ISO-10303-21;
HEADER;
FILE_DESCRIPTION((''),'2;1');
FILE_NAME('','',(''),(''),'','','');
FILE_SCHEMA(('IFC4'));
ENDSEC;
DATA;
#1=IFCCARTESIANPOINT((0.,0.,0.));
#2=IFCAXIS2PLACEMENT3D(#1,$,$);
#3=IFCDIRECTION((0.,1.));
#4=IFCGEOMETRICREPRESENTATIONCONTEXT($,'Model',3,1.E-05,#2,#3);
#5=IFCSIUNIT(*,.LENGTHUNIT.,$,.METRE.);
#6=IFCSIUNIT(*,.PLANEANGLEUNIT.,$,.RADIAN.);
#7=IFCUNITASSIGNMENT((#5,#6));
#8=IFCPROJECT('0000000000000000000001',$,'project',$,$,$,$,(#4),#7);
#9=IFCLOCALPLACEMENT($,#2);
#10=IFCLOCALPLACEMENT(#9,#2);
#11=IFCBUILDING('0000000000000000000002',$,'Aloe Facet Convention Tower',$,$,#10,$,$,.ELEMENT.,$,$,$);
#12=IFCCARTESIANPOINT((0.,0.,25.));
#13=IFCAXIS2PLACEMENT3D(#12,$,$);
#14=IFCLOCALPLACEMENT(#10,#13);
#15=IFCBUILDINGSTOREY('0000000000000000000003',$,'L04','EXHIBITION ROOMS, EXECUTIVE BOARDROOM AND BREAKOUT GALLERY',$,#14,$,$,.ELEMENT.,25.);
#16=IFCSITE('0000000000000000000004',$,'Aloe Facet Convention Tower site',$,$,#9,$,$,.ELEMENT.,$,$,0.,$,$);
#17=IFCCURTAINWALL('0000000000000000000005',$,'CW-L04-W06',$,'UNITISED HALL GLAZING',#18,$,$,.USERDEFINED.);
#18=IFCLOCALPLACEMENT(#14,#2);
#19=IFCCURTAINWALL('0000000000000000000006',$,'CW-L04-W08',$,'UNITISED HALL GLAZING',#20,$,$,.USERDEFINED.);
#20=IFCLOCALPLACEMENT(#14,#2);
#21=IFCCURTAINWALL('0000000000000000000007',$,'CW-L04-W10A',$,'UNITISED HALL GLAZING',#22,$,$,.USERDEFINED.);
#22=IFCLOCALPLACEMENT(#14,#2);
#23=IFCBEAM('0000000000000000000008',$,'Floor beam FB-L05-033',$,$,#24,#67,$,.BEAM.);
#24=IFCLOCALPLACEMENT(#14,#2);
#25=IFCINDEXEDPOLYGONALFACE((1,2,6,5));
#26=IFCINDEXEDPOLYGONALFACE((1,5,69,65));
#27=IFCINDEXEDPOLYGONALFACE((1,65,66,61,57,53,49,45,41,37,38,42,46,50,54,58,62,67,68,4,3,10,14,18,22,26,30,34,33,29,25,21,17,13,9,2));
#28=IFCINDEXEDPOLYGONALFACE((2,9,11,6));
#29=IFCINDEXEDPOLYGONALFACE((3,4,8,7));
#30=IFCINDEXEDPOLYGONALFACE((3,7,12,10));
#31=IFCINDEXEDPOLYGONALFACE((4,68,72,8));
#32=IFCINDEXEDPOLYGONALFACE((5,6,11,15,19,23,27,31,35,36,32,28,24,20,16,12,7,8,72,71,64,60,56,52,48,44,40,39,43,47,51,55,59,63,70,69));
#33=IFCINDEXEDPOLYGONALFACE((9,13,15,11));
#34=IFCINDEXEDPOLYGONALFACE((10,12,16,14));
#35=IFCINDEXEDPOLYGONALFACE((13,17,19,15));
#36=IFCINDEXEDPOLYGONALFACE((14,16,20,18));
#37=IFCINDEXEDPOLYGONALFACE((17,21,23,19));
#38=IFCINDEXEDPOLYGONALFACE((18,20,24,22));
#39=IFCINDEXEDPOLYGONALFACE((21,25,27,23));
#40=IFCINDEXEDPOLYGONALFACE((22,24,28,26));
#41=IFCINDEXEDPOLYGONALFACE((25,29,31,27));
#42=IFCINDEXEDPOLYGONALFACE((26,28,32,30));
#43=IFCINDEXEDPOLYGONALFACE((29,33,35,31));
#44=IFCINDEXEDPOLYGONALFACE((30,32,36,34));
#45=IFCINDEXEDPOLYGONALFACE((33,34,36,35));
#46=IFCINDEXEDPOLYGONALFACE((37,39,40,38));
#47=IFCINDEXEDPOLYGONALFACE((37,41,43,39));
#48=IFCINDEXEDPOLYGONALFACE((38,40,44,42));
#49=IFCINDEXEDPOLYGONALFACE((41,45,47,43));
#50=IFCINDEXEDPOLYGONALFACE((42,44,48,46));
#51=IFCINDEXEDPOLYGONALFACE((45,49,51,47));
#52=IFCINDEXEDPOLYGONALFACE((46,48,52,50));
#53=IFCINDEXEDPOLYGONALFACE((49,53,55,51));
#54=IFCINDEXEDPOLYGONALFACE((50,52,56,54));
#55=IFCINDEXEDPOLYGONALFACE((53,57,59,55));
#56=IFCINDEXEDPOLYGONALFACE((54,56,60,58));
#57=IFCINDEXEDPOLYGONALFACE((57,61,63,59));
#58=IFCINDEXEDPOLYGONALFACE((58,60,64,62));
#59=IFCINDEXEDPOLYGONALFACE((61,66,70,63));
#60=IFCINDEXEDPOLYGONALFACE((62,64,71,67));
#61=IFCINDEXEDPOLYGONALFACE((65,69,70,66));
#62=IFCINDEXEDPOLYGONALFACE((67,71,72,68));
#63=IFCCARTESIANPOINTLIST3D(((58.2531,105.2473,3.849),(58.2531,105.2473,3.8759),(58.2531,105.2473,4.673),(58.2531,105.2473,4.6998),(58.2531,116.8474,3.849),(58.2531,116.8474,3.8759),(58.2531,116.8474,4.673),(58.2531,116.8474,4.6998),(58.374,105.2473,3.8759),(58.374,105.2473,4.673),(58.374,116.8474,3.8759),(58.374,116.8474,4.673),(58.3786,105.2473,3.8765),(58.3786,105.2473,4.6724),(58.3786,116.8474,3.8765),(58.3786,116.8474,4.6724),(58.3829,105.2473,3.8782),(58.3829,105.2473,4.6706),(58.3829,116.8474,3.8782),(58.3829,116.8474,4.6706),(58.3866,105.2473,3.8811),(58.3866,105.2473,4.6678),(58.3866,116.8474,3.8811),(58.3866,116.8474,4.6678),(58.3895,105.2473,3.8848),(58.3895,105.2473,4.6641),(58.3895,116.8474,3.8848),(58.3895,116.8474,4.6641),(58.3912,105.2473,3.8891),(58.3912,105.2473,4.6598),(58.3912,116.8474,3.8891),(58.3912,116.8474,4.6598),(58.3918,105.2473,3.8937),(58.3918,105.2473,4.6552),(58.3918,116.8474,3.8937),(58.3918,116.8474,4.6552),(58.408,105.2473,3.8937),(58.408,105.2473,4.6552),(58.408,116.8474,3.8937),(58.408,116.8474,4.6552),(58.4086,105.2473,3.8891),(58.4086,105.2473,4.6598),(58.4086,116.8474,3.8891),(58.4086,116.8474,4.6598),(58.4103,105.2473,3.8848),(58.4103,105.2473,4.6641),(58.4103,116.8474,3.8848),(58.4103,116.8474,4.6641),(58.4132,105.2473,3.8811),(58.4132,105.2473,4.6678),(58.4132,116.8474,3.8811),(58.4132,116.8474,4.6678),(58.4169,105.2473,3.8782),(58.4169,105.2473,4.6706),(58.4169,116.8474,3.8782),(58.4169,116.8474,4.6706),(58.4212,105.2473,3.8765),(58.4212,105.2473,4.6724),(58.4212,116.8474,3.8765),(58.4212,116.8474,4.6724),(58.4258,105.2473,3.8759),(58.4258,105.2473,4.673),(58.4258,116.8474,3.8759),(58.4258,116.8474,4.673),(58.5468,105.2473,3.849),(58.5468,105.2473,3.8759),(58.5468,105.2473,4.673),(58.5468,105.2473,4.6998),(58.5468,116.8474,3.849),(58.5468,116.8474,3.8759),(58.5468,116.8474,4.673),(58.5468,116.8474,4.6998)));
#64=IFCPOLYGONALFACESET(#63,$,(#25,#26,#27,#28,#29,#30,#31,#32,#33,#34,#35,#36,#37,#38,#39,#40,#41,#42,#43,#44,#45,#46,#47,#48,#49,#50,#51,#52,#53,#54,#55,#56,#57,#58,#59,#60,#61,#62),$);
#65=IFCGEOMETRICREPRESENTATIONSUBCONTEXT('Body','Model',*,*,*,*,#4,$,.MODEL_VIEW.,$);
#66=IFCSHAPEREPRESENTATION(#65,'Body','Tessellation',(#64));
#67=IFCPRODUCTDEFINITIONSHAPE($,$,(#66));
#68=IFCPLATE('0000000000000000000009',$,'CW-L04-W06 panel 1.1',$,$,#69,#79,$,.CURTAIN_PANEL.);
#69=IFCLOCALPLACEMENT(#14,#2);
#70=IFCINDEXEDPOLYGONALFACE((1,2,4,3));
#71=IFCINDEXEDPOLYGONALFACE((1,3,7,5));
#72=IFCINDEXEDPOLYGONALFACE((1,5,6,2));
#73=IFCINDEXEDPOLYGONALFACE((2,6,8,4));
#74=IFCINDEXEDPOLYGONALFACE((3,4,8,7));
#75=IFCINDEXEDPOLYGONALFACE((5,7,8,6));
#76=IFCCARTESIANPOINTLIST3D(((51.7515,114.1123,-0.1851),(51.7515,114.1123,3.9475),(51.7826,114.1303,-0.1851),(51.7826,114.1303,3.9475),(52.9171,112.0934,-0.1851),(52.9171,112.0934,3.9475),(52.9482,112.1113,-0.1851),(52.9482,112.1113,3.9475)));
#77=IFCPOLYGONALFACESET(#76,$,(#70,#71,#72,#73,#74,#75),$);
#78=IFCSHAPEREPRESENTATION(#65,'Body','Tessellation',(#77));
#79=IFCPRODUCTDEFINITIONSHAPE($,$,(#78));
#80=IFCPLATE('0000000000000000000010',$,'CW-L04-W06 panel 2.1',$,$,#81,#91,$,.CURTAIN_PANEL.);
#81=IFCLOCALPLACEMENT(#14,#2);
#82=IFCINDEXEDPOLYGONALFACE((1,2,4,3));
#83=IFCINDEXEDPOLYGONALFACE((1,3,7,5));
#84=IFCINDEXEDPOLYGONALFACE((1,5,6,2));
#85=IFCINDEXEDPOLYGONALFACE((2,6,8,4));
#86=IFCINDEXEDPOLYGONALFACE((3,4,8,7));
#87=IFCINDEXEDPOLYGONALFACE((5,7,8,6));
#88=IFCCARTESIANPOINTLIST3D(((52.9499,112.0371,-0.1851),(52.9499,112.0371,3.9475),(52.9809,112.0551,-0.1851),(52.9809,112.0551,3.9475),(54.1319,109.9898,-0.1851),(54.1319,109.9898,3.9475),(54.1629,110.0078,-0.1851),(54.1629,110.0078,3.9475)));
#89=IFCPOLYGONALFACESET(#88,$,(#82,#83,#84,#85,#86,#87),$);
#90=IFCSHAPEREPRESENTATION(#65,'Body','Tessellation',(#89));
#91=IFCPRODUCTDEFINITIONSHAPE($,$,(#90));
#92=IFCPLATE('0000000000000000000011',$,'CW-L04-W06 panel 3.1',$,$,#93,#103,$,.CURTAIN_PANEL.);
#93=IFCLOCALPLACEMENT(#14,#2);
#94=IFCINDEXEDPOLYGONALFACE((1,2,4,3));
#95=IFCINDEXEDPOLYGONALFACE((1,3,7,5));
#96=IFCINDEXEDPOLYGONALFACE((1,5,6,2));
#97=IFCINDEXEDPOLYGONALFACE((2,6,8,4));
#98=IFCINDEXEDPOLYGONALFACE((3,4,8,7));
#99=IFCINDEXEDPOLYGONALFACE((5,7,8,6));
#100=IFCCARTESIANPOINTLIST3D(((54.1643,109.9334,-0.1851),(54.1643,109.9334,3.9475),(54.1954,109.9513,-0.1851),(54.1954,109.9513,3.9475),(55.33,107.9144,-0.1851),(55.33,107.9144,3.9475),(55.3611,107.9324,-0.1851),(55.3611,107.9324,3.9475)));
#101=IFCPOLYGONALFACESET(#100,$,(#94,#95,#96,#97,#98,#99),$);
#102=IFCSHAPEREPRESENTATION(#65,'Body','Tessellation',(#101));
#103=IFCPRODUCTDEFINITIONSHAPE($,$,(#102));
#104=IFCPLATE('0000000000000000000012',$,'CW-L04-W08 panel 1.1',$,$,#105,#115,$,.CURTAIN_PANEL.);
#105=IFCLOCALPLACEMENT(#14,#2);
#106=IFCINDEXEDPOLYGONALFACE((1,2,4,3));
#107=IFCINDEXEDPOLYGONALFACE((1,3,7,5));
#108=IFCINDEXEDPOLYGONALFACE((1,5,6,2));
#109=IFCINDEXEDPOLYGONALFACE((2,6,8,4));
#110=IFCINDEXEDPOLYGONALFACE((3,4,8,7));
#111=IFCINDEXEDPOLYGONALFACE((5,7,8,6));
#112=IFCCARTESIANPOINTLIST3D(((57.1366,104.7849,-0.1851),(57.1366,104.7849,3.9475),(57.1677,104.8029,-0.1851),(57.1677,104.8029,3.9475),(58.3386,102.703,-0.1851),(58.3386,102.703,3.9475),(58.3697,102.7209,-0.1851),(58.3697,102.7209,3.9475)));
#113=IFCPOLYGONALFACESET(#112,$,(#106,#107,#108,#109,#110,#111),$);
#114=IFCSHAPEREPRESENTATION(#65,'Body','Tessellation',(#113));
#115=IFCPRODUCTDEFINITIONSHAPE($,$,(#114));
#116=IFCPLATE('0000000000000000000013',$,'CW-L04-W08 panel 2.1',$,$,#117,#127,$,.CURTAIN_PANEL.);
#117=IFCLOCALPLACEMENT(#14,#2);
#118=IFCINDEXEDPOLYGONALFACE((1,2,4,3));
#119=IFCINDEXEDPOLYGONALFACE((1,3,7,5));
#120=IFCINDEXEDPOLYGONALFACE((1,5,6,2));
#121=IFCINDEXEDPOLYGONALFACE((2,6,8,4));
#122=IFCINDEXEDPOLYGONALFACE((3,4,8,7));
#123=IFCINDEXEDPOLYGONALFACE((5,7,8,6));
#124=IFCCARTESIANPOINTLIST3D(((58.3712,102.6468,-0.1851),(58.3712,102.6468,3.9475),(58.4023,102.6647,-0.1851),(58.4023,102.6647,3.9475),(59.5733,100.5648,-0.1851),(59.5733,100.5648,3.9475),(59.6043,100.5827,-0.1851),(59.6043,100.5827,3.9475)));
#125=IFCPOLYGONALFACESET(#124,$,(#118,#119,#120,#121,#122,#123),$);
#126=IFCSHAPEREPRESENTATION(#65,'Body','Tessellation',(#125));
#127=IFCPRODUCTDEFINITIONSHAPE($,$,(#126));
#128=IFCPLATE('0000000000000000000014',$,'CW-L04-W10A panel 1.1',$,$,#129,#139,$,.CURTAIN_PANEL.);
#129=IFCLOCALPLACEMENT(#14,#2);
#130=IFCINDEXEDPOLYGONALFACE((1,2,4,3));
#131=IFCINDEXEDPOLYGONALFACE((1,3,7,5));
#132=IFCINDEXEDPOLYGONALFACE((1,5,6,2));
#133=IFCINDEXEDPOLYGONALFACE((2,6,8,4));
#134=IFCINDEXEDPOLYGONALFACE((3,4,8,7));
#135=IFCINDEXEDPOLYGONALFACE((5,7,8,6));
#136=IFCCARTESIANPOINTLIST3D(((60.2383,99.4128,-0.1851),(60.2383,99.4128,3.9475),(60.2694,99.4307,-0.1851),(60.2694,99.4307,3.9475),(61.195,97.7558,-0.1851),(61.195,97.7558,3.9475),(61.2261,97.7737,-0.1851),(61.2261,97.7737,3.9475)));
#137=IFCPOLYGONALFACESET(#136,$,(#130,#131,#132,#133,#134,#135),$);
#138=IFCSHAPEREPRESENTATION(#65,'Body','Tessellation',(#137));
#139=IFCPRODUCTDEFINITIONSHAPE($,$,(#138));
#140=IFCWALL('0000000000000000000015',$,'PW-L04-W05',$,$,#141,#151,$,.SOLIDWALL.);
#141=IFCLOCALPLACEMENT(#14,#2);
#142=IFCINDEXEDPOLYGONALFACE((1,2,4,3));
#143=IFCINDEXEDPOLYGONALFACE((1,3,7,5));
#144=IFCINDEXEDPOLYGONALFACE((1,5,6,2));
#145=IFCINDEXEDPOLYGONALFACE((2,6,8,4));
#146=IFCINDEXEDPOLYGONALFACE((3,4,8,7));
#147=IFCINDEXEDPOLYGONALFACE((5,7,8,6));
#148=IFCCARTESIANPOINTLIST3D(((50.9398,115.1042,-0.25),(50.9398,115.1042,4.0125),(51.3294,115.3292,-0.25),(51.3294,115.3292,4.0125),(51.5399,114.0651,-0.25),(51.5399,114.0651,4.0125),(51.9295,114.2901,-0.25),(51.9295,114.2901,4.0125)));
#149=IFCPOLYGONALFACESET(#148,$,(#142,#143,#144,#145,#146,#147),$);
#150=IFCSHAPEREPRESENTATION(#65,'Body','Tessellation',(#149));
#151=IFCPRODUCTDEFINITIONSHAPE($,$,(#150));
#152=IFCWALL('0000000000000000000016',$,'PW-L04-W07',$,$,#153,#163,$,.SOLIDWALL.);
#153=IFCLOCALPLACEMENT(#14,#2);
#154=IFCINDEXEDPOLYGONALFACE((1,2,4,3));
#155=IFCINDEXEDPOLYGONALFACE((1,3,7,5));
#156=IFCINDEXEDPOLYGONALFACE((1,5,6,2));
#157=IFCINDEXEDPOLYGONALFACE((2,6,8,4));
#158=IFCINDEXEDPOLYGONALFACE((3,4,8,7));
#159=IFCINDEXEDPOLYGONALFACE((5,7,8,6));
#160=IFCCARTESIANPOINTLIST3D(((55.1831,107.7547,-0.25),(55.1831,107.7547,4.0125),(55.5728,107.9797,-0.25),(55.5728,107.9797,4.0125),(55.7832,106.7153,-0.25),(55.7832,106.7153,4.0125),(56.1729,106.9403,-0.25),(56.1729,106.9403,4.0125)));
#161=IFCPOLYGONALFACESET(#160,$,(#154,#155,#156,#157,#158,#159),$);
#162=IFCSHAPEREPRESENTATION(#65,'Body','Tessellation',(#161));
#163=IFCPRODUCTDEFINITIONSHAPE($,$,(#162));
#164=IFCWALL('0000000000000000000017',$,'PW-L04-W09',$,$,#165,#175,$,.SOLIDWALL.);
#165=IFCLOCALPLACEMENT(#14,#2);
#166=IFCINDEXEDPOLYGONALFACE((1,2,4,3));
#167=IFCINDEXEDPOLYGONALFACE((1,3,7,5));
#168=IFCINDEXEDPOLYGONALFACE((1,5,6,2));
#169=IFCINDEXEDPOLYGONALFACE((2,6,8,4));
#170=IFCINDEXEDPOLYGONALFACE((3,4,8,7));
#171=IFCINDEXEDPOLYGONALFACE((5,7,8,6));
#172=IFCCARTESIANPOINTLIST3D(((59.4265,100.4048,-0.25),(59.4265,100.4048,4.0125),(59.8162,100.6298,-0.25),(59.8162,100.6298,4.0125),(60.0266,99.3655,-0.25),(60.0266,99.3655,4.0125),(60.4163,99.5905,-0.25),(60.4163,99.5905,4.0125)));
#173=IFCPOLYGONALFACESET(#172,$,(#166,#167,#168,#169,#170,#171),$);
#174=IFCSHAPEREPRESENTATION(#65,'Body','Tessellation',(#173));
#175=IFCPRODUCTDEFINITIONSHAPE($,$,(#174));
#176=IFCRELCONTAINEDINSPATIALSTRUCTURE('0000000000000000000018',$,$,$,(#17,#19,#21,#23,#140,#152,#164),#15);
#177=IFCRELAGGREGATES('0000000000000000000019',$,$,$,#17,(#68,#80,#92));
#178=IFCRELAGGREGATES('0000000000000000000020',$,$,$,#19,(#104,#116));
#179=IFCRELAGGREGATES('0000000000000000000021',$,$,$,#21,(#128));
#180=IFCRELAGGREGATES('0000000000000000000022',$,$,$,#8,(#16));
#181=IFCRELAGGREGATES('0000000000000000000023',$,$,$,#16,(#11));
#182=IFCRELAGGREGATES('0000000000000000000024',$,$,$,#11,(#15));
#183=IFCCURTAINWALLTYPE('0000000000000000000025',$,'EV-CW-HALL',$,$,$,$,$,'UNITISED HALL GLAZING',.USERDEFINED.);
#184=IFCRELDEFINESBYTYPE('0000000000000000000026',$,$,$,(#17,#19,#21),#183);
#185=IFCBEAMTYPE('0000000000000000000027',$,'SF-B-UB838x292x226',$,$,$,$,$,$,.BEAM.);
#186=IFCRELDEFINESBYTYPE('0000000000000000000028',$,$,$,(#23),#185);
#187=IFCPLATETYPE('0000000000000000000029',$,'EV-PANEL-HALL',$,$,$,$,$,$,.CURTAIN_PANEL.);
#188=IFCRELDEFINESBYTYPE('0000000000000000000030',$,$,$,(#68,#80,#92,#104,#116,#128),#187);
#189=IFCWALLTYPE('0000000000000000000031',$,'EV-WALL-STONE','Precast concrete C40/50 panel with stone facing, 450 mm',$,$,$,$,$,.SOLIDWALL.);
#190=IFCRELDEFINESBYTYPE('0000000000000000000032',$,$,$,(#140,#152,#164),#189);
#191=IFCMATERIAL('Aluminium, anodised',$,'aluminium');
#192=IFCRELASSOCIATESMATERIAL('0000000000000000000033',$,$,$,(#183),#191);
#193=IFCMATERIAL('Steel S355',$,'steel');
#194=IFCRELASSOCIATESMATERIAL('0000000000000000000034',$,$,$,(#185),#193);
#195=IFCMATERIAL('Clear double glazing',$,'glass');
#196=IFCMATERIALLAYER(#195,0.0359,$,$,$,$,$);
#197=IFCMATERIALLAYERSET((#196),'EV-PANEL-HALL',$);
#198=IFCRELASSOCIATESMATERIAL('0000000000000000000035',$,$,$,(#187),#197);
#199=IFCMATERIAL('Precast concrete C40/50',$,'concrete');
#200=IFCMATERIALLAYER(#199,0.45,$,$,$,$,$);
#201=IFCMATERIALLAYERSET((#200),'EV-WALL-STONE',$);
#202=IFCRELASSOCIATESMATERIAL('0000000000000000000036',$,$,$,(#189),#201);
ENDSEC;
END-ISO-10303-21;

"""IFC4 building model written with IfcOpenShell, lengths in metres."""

from ifc_helpers import new_model, si_unit, direction, frame, frame_2d, origin, origin_2d, place, context, subcontext, project, spatial, rectangle, i_section, extrude, material, layer, layer_set, material_profile, profile_set, type_object, element, aggregate, save


model = new_model("IFC4")

# Units and contexts
model_context = context("Model", 3, precision=1e-05, world=origin(), true_north=direction((0.0, 1.0)))
body_context = subcontext(model_context, "Body", "Model", "MODEL_VIEW")
ifc_project = project(units=[si_unit("LENGTHUNIT", "METRE"), si_unit("PLANEANGLEUNIT", "RADIAN")], contexts=[model_context])

# Site, building, storey
site_placement = place(None, origin())
site = spatial("IfcSite", under=ifc_project, at=site_placement, Name="Aloe Facet Convention Tower site", CompositionType="ELEMENT", RefElevation=0.0)
building_placement = place(site_placement, origin())
building = spatial("IfcBuilding", under=site, at=building_placement, Name="Aloe Facet Convention Tower", CompositionType="ELEMENT")
storey_placement = place(building_placement, frame((0.0, 0.0, 25.0)))
storey = spatial("IfcBuildingStorey", under=building, at=storey_placement, Name="L04", Description="EXHIBITION ROOMS, EXECUTIVE BOARDROOM AND BREAKOUT GALLERY", CompositionType="ELEMENT", Elevation=25.0)

# Curtain walls
ifc_material_1 = material(Name="Aluminium, anodised", Category="aluminium")
curtain_wall_type = type_object("IfcCurtainWallType", Name="EV-CW-HALL", ElementType="UNITISED HALL GLAZING", PredefinedType="USERDEFINED", material=ifc_material_1)
curtain_wall_1_placement = place(storey_placement, origin())
curtain_wall_1 = element("IfcCurtainWall", 1, at=curtain_wall_1_placement, inside=storey, type_object=curtain_wall_type, Name="CW-L04-W06", ObjectType="UNITISED HALL GLAZING", PredefinedType="USERDEFINED")
curtain_wall_2_placement = place(storey_placement, origin())
curtain_wall_2 = element("IfcCurtainWall", 2, at=curtain_wall_2_placement, inside=storey, type_object=curtain_wall_type, Name="CW-L04-W08", ObjectType="UNITISED HALL GLAZING", PredefinedType="USERDEFINED")

# Curtain wall
curtain_wall_3_placement = place(storey_placement, origin())
curtain_wall_3 = element("IfcCurtainWall", 3, at=curtain_wall_3_placement, inside=storey, type_object=curtain_wall_type, Name="CW-L04-W10A", ObjectType="UNITISED HALL GLAZING", PredefinedType="USERDEFINED")

# Beam
ifc_material_2 = material(Name="Steel S355", Category="steel")
ifc_material_profile_1 = material_profile(ifc_material_2, i_section(OverallWidth=0.2937, OverallDepth=0.8508, WebThickness=0.0161, FlangeThickness=0.0269, FilletRadius=0.0178, at=origin_2d()), Name="UB 838x292x226")
ifc_profile_set_1 = profile_set([ifc_material_profile_1], Name="Steel S355")
beam_type_1 = type_object("IfcBeamType", Name="SF-B-UB838x292x226", PredefinedType="BEAM", material=ifc_profile_set_1)
beam_1_placement = place(storey_placement, frame((58.3999, 105.2473, 4.2744), z_axis=(0.0, 1.0, 0.0), x_axis=(-1.0, 0.0, 0.0)))
element("IfcBeam", 4, at=beam_1_placement, inside=storey, type_object=beam_type_1, Name="Floor beam FB-L05-033", PredefinedType="BEAM", context=body_context, shape_type="SweptSolid", body=[
    extrude(i_section(OverallWidth=0.2937, OverallDepth=0.8508, WebThickness=0.0161, FlangeThickness=0.0269, FilletRadius=0.0178, at=origin_2d()), origin(), (0.0, 0.0, 1.0), 11.6001),
])

# Plates
ifc_material_3 = material(Name="Clear double glazing", Category="glass")
ifc_layer_1 = layer(ifc_material_3, 0.0359)
ifc_layer_set_1 = layer_set([ifc_layer_1], Name="EV-PANEL-HALL")
plate_type = type_object("IfcPlateType", Name="EV-PANEL-HALL", PredefinedType="CURTAIN_PANEL", material=ifc_layer_set_1)
plate_1_placement = place(storey_placement, frame((52.3499, 113.1118, -0.1851), z_axis=(0.0, 0.0, 1.0), x_axis=(0.5, -0.866025, 0.0)))
plate_1 = element("IfcPlate", 5, at=plate_1_placement, type_object=plate_type, Name="CW-L04-W06 panel 1.1", PredefinedType="CURTAIN_PANEL", context=body_context, shape_type="SweptSolid", body=[
    extrude(rectangle(XDim=2.3313, YDim=0.0359, at=origin_2d()), origin(), (0.0, 0.0, 1.0), 4.1326),
])
plate_2_placement = place(storey_placement, frame((53.5564, 111.0225, -0.1851), z_axis=(0.0, 0.0, 1.0), x_axis=(0.5, -0.866025, 0.0)))
plate_2 = element("IfcPlate", 6, at=plate_2_placement, type_object=plate_type, Name="CW-L04-W06 panel 2.1", PredefinedType="CURTAIN_PANEL", context=body_context, shape_type="SweptSolid", body=[
    extrude(rectangle(XDim=2.364, YDim=0.0359, at=origin_2d()), origin(), (0.0, 0.0, 1.0), 4.1326),
])
plate_3_placement = place(storey_placement, frame((54.7627, 108.9329, -0.1851), z_axis=(0.0, 0.0, 1.0), x_axis=(0.5, -0.866025, 0.0)))
plate_3 = element("IfcPlate", 7, at=plate_3_placement, type_object=plate_type, Name="CW-L04-W06 panel 3.1", PredefinedType="CURTAIN_PANEL", context=body_context, shape_type="SweptSolid", body=[
    extrude(rectangle(XDim=2.3313, YDim=0.0359, at=origin_2d()), origin(), (0.0, 0.0, 1.0), 4.1326),
])
aggregate(curtain_wall_1, [plate_1, plate_2, plate_3])
plate_4_placement = place(storey_placement, frame((57.7532, 103.7529, -0.1851), z_axis=(0.0, 0.0, 1.0), x_axis=(0.5, -0.866025, 0.0)))
plate_4 = element("IfcPlate", 8, at=plate_4_placement, type_object=plate_type, Name="CW-L04-W08 panel 1.1", PredefinedType="CURTAIN_PANEL", context=body_context, shape_type="SweptSolid", body=[
    extrude(rectangle(XDim=2.4041, YDim=0.0359, at=origin_2d()), origin(), (0.0, 0.0, 1.0), 4.1326),
])
plate_5_placement = place(storey_placement, frame((58.9878, 101.6147, -0.1851), z_axis=(0.0, 0.0, 1.0), x_axis=(0.5, -0.866025, 0.0)))
plate_5 = element("IfcPlate", 9, at=plate_5_placement, type_object=plate_type, Name="CW-L04-W08 panel 2.1", PredefinedType="CURTAIN_PANEL", context=body_context, shape_type="SweptSolid", body=[
    extrude(rectangle(XDim=2.4041, YDim=0.0359, at=origin_2d()), origin(), (0.0, 0.0, 1.0), 4.1326),
])
aggregate(curtain_wall_2, [plate_4, plate_5])
plate_6_placement = place(storey_placement, frame((60.7322, 98.5933, -0.1851), z_axis=(0.0, 0.0, 1.0), x_axis=(0.5, -0.866025, 0.0)))
plate_6 = element("IfcPlate", 10, at=plate_6_placement, type_object=plate_type, Name="CW-L04-W10A panel 1.1", PredefinedType="CURTAIN_PANEL", context=body_context, shape_type="SweptSolid", body=[
    extrude(rectangle(XDim=1.9133, YDim=0.0359, at=origin_2d()), origin(), (0.0, 0.0, 1.0), 4.1326),
])
aggregate(curtain_wall_3, [plate_6])

# Walls
ifc_material_4 = material(Name="Precast concrete C40/50", Category="concrete")
ifc_layer_2 = layer(ifc_material_4, 0.45)
ifc_layer_set_2 = layer_set([ifc_layer_2], Name="EV-WALL-STONE")
wall_type = type_object("IfcWallType", Name="EV-WALL-STONE", Description="Precast concrete C40/50 panel with stone facing, 450 mm", PredefinedType="SOLIDWALL", material=ifc_layer_set_2)
wall_placement = place(storey_placement, frame((51.1345, 115.2168, -0.25), z_axis=(0.0, 0.0, 1.0), x_axis=(0.500122, -0.865955, 0.0)))
element("IfcWall", 11, at=wall_placement, inside=storey, type_object=wall_type, Name="PW-L04-W05", PredefinedType="SOLIDWALL", context=body_context, shape_type="SweptSolid", body=[
    extrude(rectangle(XDim=1.2, YDim=0.45, at=frame_2d((0.6001, 0.0))), origin(), (0.0, 0.0, 1.0), 4.2625),
])
for number, where, z_axis, x_axis, name in (
    (12, (55.3779, 107.8672, -0.25), (0.0, 0.0, 1.0), (0.500034, -0.866006, 0.0), "PW-L04-W07"),
    (13, (59.6213, 100.5173, -0.25), (0.0, 0.0, 1.0), (0.500034, -0.866006, 0.0), "PW-L04-W09"),
):
    element("IfcWall", number, at=place(storey_placement, frame(where, z_axis=z_axis, x_axis=x_axis)), inside=storey, type_object=wall_type, Name=name, PredefinedType="SOLIDWALL", context=body_context, shape_type="SweptSolid", body=[
        extrude(rectangle(XDim=1.2002, YDim=0.45, at=frame_2d((0.6001, 0.0))), origin(), (0.0, 0.0, 1.0), 4.2625),
    ])

save(model, "model.ifc")
